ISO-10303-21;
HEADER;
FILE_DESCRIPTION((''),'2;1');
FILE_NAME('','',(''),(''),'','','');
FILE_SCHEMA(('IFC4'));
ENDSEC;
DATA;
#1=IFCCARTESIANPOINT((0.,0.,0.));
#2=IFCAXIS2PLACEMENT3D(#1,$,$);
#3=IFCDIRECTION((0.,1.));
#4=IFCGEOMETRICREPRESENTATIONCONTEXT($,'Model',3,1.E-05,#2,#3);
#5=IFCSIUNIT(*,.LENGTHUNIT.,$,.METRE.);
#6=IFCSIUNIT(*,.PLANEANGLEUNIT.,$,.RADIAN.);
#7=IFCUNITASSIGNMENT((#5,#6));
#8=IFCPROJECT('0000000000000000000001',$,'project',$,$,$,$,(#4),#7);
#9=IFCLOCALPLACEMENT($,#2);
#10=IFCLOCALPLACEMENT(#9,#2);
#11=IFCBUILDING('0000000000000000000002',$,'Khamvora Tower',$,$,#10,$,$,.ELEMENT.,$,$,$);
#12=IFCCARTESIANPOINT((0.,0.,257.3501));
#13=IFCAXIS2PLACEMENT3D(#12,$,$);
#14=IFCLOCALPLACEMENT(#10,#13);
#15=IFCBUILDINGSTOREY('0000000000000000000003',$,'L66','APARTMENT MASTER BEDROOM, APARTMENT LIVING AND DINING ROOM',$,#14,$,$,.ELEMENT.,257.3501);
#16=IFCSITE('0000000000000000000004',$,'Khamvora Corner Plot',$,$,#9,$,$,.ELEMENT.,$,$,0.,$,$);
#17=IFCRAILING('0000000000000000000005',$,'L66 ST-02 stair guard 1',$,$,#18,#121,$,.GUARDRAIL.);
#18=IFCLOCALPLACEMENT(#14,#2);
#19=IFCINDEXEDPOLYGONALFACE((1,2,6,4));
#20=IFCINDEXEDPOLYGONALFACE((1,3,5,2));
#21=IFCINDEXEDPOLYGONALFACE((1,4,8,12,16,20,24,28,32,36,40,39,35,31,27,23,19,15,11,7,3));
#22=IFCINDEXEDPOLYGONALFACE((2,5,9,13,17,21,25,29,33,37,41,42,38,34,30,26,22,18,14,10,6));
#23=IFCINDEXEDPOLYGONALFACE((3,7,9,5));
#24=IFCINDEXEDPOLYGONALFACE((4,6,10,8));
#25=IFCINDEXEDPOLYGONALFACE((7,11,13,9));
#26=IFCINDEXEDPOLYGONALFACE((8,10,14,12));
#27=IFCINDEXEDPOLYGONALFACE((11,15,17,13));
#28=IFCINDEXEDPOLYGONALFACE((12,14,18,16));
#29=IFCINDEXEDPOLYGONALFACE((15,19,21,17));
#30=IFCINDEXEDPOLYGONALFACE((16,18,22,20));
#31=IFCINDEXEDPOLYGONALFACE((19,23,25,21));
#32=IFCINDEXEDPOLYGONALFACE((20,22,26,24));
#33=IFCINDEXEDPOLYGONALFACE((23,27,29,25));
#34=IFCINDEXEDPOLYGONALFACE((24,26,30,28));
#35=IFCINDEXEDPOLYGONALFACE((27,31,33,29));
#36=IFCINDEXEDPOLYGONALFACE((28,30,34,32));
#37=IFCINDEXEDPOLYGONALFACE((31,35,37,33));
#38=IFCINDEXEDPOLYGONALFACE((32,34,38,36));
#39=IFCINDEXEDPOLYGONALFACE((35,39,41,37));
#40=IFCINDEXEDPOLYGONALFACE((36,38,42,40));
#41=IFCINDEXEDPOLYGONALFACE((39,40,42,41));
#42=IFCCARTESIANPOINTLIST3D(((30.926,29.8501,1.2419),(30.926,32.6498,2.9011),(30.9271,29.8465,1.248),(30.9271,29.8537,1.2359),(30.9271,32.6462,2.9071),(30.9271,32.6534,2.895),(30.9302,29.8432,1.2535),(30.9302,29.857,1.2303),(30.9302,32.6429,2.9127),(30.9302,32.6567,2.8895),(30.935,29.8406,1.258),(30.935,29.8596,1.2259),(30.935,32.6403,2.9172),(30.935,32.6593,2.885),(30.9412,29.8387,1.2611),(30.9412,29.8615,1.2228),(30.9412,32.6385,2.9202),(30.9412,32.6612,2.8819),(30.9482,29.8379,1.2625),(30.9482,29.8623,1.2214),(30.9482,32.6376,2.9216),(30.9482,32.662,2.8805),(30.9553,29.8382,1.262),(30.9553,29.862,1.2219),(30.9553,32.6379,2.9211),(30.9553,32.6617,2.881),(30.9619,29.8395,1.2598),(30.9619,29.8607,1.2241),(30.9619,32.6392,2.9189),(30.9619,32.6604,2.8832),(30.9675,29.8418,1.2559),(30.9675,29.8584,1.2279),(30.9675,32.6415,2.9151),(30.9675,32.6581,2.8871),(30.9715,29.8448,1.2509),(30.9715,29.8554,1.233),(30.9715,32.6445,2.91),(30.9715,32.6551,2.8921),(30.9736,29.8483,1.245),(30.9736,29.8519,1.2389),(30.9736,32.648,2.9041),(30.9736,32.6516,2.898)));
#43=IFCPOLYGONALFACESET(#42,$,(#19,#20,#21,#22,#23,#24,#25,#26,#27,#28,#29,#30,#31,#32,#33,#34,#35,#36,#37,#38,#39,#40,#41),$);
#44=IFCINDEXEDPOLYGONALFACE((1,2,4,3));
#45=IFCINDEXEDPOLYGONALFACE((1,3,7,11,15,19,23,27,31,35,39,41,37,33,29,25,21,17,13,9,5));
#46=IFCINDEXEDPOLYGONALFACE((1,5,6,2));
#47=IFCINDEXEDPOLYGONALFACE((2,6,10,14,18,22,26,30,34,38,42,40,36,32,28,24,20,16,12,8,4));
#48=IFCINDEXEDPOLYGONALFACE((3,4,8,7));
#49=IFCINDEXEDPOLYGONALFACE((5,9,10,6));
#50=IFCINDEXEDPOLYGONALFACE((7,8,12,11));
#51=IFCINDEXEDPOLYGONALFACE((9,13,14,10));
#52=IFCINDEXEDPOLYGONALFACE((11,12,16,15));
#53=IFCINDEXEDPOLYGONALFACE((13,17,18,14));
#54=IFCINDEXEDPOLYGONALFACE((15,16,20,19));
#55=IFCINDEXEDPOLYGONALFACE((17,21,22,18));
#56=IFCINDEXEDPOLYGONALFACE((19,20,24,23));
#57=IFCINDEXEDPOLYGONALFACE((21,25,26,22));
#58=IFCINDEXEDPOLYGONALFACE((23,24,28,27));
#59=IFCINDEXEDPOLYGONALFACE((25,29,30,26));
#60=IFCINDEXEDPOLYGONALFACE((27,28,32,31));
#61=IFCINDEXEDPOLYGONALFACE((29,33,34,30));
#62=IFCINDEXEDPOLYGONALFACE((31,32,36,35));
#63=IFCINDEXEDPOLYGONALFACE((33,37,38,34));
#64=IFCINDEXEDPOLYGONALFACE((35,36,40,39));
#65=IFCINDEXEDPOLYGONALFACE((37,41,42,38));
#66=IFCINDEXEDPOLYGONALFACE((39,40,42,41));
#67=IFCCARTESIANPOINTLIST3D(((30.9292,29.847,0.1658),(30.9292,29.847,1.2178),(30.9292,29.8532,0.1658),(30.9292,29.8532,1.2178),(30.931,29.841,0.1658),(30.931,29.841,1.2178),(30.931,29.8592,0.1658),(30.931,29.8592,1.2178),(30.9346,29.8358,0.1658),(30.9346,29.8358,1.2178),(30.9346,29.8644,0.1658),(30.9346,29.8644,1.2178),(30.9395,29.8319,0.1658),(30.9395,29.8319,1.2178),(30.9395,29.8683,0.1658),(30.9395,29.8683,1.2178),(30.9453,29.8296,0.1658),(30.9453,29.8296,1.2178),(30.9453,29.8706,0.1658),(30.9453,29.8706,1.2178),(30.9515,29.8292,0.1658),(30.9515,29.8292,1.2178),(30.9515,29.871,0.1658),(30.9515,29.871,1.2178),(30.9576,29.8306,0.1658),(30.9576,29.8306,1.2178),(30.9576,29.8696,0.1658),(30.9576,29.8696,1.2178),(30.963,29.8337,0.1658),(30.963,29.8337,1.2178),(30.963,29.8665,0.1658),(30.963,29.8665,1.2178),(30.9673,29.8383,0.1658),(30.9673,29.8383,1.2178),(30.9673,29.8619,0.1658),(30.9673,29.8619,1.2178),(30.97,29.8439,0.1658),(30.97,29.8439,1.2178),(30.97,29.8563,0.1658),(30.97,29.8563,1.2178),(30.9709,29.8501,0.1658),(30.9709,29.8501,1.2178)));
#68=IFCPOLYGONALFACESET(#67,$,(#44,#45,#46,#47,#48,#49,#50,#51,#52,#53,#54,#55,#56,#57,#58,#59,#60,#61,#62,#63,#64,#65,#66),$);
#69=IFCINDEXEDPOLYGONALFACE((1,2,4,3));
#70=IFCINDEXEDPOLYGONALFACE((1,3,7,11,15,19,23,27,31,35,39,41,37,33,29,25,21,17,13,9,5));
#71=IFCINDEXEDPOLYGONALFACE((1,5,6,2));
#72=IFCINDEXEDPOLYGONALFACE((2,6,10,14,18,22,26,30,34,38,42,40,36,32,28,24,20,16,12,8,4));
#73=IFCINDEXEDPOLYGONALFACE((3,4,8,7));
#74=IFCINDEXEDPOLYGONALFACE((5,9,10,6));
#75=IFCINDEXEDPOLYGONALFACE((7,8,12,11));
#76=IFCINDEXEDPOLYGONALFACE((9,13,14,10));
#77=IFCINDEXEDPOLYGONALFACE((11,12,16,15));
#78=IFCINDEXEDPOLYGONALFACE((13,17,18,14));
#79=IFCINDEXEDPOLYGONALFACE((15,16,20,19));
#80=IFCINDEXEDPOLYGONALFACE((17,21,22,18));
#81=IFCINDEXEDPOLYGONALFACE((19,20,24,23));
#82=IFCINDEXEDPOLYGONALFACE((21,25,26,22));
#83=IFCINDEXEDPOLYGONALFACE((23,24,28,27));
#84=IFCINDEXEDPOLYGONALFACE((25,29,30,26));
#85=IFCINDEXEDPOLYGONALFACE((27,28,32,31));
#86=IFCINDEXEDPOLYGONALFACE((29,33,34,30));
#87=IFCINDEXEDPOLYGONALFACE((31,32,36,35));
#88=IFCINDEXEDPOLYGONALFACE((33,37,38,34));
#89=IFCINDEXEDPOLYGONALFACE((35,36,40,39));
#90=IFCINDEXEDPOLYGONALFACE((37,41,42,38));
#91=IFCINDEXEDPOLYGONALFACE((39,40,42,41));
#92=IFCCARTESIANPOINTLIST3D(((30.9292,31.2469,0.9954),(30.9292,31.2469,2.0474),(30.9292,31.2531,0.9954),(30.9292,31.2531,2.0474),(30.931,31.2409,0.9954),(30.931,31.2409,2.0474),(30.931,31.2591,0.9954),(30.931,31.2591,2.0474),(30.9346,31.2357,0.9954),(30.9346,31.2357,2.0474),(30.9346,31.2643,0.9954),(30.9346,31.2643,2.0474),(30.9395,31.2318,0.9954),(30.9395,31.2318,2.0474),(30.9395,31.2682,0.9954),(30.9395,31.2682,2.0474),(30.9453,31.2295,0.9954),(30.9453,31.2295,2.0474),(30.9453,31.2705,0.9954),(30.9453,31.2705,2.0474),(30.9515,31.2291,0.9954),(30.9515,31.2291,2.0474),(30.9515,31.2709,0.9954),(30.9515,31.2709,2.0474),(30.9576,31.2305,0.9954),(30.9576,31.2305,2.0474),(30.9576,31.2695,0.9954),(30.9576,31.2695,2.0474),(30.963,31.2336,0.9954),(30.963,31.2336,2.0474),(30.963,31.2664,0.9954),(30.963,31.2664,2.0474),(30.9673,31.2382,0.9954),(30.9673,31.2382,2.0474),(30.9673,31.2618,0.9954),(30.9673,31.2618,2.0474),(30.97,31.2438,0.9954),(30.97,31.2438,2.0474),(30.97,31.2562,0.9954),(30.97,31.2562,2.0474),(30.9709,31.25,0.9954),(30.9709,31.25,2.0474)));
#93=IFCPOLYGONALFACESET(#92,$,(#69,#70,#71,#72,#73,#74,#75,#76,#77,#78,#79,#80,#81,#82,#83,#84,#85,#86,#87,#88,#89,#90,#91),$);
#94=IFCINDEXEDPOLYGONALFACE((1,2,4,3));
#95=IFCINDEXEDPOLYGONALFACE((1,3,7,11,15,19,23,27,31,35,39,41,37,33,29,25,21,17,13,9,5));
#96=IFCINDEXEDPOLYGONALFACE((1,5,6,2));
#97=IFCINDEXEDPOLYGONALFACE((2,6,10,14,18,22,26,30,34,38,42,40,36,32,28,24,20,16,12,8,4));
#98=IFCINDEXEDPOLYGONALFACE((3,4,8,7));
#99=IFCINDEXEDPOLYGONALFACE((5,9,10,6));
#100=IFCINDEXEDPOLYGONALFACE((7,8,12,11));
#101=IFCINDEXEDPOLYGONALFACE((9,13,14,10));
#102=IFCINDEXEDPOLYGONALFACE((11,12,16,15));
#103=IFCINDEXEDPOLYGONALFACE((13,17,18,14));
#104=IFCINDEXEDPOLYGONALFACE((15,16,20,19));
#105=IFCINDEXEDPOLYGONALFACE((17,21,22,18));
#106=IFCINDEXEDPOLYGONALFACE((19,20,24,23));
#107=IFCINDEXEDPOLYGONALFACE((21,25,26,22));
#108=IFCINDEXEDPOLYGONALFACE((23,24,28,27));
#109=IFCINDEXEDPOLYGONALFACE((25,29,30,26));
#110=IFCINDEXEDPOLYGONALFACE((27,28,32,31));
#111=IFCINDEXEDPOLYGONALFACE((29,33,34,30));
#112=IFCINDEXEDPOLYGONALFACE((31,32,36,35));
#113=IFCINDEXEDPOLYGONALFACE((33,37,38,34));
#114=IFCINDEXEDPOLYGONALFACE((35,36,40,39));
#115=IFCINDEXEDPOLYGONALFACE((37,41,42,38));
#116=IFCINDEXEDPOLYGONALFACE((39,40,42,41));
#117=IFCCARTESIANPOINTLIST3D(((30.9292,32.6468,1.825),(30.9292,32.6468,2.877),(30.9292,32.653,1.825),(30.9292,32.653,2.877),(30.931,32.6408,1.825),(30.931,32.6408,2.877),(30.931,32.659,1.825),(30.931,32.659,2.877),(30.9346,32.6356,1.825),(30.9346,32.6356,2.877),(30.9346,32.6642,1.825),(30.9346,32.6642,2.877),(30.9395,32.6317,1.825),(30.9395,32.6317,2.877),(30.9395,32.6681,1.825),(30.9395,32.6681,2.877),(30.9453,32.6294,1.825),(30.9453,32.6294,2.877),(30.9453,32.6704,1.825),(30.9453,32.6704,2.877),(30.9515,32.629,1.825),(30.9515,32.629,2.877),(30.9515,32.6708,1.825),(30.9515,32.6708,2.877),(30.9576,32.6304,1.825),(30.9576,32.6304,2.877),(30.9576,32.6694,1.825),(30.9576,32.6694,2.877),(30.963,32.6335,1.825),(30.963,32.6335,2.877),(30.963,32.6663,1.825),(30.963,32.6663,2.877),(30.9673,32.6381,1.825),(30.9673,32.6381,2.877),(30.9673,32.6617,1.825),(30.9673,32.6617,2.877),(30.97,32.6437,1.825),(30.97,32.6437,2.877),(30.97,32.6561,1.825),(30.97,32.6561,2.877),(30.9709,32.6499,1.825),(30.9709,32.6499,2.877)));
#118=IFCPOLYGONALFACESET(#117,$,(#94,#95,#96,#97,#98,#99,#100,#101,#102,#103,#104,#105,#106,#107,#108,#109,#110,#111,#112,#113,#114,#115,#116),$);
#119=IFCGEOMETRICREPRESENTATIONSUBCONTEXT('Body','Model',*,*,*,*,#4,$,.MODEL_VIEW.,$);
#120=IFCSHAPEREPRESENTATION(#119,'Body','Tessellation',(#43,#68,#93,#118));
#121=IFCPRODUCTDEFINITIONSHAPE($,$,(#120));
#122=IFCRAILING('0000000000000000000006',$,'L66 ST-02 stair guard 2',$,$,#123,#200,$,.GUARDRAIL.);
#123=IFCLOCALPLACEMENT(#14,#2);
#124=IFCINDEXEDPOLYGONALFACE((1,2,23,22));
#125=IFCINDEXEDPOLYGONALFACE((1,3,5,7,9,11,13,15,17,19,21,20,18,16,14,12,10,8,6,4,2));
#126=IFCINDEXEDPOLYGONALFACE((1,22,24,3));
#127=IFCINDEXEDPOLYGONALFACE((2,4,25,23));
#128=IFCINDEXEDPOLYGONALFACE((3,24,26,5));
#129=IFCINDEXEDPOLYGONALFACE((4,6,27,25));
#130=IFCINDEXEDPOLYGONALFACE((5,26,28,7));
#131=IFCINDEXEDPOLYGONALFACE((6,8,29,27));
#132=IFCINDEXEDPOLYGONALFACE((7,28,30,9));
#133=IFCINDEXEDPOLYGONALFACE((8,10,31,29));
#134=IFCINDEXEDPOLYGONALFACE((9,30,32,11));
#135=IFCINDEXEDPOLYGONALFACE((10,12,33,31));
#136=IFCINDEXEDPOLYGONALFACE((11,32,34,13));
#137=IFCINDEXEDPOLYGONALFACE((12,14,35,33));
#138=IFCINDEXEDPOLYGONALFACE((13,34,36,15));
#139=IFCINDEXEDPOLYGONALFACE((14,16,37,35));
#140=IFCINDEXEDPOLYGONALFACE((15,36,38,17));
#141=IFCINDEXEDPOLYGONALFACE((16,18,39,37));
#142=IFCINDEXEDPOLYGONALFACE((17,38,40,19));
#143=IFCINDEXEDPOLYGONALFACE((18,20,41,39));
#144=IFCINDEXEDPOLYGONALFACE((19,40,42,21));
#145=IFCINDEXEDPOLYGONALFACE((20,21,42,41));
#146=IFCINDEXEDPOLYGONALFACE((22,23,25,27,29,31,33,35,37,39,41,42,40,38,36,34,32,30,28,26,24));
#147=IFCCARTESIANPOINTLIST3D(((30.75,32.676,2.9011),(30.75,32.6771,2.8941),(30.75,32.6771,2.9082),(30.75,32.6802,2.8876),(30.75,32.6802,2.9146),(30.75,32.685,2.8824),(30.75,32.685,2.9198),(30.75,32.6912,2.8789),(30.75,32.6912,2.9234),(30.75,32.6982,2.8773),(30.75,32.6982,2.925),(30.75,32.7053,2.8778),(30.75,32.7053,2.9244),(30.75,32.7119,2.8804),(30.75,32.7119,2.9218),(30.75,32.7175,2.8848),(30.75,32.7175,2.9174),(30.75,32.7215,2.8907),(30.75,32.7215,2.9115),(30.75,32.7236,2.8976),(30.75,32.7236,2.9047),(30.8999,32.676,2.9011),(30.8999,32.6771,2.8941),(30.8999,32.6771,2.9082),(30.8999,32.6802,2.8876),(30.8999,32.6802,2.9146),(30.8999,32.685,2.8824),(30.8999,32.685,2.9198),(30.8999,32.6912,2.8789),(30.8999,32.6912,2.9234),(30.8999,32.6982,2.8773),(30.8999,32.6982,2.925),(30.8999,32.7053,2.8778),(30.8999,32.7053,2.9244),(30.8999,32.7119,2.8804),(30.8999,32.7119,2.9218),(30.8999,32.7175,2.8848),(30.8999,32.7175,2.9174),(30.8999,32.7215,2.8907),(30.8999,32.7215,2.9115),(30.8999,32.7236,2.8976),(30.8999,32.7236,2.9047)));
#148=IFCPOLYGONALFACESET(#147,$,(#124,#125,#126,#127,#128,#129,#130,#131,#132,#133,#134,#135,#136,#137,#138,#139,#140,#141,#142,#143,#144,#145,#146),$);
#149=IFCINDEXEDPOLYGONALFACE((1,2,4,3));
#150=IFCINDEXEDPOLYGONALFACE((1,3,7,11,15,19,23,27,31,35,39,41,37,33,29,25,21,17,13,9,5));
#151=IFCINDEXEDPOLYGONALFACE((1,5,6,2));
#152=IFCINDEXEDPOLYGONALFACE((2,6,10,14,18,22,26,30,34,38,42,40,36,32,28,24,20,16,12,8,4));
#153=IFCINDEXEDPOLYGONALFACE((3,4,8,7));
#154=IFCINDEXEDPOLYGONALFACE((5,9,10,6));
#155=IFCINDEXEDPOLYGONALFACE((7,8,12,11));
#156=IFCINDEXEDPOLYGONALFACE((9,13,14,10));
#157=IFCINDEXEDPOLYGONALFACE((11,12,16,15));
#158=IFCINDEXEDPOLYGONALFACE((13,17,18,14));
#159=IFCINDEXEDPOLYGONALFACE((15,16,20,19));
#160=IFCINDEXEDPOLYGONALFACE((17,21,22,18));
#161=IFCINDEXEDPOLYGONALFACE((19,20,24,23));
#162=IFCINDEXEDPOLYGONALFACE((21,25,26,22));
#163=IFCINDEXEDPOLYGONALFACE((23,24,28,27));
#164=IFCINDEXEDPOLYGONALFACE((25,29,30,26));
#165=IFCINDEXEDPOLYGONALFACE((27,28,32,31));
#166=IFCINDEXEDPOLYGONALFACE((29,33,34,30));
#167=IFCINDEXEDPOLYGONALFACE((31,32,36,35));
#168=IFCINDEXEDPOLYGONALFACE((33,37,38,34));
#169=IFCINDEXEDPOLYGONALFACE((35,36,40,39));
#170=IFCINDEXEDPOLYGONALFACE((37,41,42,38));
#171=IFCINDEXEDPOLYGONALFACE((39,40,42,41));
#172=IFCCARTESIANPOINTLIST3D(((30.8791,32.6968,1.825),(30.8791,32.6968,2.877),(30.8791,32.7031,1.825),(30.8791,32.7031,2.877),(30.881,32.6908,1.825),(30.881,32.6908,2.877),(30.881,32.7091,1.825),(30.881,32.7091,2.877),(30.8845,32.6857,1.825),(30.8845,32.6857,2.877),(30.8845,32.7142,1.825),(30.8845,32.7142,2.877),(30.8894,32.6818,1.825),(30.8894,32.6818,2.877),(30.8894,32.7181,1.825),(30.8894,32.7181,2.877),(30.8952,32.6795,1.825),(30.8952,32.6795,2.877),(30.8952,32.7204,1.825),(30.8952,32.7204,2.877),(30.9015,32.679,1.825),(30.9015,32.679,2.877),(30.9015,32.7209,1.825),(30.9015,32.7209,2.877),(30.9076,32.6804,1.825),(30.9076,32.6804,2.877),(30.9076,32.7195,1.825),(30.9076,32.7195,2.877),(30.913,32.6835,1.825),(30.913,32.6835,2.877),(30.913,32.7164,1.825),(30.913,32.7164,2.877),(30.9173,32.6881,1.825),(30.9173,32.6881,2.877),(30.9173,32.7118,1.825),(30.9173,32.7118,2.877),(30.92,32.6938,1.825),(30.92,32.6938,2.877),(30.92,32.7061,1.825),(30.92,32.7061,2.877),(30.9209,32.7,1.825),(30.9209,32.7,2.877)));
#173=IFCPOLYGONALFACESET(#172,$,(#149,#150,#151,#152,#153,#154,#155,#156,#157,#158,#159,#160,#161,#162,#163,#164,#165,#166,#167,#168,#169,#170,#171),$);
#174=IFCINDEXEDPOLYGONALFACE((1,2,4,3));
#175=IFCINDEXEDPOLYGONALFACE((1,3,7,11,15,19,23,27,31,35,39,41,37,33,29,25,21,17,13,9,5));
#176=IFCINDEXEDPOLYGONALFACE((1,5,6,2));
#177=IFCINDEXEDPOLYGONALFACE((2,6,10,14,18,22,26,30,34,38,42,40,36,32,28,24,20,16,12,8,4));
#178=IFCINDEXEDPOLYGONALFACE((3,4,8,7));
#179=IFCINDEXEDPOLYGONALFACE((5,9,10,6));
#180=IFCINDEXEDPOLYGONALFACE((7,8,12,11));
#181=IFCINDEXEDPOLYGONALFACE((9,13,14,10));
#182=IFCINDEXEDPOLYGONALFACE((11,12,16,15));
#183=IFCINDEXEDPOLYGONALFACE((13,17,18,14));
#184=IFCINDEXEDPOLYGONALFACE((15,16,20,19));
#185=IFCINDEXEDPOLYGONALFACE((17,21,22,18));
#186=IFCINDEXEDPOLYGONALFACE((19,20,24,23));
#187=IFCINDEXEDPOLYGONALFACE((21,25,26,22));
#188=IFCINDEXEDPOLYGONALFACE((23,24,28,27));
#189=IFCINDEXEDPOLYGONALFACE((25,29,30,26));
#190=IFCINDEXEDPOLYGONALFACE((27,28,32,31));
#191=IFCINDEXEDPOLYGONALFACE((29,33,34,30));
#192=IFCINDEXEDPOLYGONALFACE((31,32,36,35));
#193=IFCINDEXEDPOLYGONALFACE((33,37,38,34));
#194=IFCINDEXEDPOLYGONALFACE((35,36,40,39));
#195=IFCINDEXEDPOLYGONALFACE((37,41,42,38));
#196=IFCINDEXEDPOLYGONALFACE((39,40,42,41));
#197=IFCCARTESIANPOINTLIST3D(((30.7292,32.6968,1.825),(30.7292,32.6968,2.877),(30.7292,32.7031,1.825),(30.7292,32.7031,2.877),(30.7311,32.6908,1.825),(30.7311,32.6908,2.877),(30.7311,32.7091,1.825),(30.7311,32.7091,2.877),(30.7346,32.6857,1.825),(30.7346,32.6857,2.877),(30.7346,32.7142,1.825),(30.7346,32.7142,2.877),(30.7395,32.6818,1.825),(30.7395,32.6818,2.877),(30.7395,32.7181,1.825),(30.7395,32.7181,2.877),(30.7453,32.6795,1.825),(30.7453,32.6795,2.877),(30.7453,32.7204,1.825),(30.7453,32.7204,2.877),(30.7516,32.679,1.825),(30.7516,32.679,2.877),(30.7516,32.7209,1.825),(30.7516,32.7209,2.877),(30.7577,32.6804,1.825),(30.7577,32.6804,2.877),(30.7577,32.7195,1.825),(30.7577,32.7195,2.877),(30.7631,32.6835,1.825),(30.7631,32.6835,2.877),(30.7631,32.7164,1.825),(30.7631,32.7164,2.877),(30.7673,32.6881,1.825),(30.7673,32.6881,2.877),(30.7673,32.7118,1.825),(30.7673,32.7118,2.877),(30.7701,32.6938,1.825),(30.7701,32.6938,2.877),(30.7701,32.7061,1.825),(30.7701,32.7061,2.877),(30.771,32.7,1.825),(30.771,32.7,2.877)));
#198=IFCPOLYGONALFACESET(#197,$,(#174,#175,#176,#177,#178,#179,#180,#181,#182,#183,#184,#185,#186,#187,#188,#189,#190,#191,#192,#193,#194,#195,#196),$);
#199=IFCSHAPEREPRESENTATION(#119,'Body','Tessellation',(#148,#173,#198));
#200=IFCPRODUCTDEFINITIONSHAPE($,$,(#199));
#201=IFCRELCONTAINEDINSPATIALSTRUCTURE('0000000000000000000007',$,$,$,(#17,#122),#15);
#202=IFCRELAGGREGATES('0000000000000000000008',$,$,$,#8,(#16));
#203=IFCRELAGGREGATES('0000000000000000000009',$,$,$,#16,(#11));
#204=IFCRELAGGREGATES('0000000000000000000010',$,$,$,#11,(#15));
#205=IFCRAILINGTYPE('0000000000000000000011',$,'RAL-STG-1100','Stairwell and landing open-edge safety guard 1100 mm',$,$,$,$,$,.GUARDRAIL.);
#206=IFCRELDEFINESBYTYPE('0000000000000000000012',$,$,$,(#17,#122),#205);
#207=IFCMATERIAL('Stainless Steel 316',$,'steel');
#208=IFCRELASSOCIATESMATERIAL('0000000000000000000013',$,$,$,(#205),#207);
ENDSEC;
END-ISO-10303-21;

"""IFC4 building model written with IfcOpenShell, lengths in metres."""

from ifc_helpers import new_model, si_unit, direction, frame, origin, origin_2d, place, context, subcontext, project, spatial, circle, extrude, material, type_object, element, save


model = new_model("IFC4")

# Units and contexts
model_context = context("Model", 3, precision=1e-05, world=origin(), true_north=direction((0.0, 1.0)))
body_context = subcontext(model_context, "Body", "Model", "MODEL_VIEW")
ifc_project = project(units=[si_unit("LENGTHUNIT", "METRE"), si_unit("PLANEANGLEUNIT", "RADIAN")], contexts=[model_context])

# Site, building, storey
site_placement = place(None, origin())
site = spatial("IfcSite", under=ifc_project, at=site_placement, Name="Khamvora Corner Plot", CompositionType="ELEMENT", RefElevation=0.0)
building_placement = place(site_placement, origin())
building = spatial("IfcBuilding", under=site, at=building_placement, Name="Khamvora Tower", CompositionType="ELEMENT")
storey_placement = place(building_placement, frame((0.0, 0.0, 257.3501)))
storey = spatial("IfcBuildingStorey", under=building, at=storey_placement, Name="L66", Description="APARTMENT MASTER BEDROOM, APARTMENT LIVING AND DINING ROOM", CompositionType="ELEMENT", Elevation=257.3501)

# Railings
ifc_material_1 = material(Name="Stainless Steel 316", Category="steel")
railing_type_1 = type_object("IfcRailingType", Name="RAL-STG-1100", Description="Stairwell and landing open-edge safety guard 1100 mm", PredefinedType="GUARDRAIL", material=ifc_material_1)
railing_1_placement = place(storey_placement, frame((30.95, 29.8501, 0.1658)))
element("IfcRailing", 1, at=railing_1_placement, inside=storey, type_object=railing_type_1, Name="L66 ST-02 stair guard 1", PredefinedType="GUARDRAIL", context=body_context, shape_type="SweptSolid", body=[
    extrude(circle(Radius=0.0239, at=origin_2d()), frame((0.0, 0.0, 1.0762), z_axis=(0.0, 0.860287, 0.509811), x_axis=(-1.0, 0.0, 0.0)), (0.0, 0.0, 1.0), 3.2544),
    extrude(circle(Radius=0.021, at=origin_2d()), origin(), (0.0, 0.0, 1.0), 1.052),
    extrude(circle(Radius=0.021, at=origin_2d()), frame((0.0, 1.3999, 0.8296)), (0.0, 0.0, 1.0), 1.052),
    extrude(circle(Radius=0.021, at=origin_2d()), frame((0.0, 2.7998, 1.6592)), (0.0, 0.0, 1.0), 1.052),
])
railing_2_placement = place(storey_placement, frame((30.8999, 32.7, 1.825)))
element("IfcRailing", 2, at=railing_2_placement, inside=storey, type_object=railing_type_1, Name="L66 ST-02 stair guard 2", PredefinedType="GUARDRAIL", context=body_context, shape_type="SweptSolid", body=[
    extrude(circle(Radius=0.0239, at=origin_2d()), frame((0.0, 0.0, 1.0762), z_axis=(-1.0, 0.0, 0.0), x_axis=(0.0, -1.0, 0.0)), (0.0, 0.0, 1.0), 0.1499),
    extrude(circle(Radius=0.021, at=origin_2d()), origin(), (0.0, 0.0, 1.0), 1.052),
    extrude(circle(Radius=0.021, at=origin_2d()), frame((-0.1499, 0.0, 0.0)), (0.0, 0.0, 1.0), 1.052),
])

save(model, "model.ifc")
